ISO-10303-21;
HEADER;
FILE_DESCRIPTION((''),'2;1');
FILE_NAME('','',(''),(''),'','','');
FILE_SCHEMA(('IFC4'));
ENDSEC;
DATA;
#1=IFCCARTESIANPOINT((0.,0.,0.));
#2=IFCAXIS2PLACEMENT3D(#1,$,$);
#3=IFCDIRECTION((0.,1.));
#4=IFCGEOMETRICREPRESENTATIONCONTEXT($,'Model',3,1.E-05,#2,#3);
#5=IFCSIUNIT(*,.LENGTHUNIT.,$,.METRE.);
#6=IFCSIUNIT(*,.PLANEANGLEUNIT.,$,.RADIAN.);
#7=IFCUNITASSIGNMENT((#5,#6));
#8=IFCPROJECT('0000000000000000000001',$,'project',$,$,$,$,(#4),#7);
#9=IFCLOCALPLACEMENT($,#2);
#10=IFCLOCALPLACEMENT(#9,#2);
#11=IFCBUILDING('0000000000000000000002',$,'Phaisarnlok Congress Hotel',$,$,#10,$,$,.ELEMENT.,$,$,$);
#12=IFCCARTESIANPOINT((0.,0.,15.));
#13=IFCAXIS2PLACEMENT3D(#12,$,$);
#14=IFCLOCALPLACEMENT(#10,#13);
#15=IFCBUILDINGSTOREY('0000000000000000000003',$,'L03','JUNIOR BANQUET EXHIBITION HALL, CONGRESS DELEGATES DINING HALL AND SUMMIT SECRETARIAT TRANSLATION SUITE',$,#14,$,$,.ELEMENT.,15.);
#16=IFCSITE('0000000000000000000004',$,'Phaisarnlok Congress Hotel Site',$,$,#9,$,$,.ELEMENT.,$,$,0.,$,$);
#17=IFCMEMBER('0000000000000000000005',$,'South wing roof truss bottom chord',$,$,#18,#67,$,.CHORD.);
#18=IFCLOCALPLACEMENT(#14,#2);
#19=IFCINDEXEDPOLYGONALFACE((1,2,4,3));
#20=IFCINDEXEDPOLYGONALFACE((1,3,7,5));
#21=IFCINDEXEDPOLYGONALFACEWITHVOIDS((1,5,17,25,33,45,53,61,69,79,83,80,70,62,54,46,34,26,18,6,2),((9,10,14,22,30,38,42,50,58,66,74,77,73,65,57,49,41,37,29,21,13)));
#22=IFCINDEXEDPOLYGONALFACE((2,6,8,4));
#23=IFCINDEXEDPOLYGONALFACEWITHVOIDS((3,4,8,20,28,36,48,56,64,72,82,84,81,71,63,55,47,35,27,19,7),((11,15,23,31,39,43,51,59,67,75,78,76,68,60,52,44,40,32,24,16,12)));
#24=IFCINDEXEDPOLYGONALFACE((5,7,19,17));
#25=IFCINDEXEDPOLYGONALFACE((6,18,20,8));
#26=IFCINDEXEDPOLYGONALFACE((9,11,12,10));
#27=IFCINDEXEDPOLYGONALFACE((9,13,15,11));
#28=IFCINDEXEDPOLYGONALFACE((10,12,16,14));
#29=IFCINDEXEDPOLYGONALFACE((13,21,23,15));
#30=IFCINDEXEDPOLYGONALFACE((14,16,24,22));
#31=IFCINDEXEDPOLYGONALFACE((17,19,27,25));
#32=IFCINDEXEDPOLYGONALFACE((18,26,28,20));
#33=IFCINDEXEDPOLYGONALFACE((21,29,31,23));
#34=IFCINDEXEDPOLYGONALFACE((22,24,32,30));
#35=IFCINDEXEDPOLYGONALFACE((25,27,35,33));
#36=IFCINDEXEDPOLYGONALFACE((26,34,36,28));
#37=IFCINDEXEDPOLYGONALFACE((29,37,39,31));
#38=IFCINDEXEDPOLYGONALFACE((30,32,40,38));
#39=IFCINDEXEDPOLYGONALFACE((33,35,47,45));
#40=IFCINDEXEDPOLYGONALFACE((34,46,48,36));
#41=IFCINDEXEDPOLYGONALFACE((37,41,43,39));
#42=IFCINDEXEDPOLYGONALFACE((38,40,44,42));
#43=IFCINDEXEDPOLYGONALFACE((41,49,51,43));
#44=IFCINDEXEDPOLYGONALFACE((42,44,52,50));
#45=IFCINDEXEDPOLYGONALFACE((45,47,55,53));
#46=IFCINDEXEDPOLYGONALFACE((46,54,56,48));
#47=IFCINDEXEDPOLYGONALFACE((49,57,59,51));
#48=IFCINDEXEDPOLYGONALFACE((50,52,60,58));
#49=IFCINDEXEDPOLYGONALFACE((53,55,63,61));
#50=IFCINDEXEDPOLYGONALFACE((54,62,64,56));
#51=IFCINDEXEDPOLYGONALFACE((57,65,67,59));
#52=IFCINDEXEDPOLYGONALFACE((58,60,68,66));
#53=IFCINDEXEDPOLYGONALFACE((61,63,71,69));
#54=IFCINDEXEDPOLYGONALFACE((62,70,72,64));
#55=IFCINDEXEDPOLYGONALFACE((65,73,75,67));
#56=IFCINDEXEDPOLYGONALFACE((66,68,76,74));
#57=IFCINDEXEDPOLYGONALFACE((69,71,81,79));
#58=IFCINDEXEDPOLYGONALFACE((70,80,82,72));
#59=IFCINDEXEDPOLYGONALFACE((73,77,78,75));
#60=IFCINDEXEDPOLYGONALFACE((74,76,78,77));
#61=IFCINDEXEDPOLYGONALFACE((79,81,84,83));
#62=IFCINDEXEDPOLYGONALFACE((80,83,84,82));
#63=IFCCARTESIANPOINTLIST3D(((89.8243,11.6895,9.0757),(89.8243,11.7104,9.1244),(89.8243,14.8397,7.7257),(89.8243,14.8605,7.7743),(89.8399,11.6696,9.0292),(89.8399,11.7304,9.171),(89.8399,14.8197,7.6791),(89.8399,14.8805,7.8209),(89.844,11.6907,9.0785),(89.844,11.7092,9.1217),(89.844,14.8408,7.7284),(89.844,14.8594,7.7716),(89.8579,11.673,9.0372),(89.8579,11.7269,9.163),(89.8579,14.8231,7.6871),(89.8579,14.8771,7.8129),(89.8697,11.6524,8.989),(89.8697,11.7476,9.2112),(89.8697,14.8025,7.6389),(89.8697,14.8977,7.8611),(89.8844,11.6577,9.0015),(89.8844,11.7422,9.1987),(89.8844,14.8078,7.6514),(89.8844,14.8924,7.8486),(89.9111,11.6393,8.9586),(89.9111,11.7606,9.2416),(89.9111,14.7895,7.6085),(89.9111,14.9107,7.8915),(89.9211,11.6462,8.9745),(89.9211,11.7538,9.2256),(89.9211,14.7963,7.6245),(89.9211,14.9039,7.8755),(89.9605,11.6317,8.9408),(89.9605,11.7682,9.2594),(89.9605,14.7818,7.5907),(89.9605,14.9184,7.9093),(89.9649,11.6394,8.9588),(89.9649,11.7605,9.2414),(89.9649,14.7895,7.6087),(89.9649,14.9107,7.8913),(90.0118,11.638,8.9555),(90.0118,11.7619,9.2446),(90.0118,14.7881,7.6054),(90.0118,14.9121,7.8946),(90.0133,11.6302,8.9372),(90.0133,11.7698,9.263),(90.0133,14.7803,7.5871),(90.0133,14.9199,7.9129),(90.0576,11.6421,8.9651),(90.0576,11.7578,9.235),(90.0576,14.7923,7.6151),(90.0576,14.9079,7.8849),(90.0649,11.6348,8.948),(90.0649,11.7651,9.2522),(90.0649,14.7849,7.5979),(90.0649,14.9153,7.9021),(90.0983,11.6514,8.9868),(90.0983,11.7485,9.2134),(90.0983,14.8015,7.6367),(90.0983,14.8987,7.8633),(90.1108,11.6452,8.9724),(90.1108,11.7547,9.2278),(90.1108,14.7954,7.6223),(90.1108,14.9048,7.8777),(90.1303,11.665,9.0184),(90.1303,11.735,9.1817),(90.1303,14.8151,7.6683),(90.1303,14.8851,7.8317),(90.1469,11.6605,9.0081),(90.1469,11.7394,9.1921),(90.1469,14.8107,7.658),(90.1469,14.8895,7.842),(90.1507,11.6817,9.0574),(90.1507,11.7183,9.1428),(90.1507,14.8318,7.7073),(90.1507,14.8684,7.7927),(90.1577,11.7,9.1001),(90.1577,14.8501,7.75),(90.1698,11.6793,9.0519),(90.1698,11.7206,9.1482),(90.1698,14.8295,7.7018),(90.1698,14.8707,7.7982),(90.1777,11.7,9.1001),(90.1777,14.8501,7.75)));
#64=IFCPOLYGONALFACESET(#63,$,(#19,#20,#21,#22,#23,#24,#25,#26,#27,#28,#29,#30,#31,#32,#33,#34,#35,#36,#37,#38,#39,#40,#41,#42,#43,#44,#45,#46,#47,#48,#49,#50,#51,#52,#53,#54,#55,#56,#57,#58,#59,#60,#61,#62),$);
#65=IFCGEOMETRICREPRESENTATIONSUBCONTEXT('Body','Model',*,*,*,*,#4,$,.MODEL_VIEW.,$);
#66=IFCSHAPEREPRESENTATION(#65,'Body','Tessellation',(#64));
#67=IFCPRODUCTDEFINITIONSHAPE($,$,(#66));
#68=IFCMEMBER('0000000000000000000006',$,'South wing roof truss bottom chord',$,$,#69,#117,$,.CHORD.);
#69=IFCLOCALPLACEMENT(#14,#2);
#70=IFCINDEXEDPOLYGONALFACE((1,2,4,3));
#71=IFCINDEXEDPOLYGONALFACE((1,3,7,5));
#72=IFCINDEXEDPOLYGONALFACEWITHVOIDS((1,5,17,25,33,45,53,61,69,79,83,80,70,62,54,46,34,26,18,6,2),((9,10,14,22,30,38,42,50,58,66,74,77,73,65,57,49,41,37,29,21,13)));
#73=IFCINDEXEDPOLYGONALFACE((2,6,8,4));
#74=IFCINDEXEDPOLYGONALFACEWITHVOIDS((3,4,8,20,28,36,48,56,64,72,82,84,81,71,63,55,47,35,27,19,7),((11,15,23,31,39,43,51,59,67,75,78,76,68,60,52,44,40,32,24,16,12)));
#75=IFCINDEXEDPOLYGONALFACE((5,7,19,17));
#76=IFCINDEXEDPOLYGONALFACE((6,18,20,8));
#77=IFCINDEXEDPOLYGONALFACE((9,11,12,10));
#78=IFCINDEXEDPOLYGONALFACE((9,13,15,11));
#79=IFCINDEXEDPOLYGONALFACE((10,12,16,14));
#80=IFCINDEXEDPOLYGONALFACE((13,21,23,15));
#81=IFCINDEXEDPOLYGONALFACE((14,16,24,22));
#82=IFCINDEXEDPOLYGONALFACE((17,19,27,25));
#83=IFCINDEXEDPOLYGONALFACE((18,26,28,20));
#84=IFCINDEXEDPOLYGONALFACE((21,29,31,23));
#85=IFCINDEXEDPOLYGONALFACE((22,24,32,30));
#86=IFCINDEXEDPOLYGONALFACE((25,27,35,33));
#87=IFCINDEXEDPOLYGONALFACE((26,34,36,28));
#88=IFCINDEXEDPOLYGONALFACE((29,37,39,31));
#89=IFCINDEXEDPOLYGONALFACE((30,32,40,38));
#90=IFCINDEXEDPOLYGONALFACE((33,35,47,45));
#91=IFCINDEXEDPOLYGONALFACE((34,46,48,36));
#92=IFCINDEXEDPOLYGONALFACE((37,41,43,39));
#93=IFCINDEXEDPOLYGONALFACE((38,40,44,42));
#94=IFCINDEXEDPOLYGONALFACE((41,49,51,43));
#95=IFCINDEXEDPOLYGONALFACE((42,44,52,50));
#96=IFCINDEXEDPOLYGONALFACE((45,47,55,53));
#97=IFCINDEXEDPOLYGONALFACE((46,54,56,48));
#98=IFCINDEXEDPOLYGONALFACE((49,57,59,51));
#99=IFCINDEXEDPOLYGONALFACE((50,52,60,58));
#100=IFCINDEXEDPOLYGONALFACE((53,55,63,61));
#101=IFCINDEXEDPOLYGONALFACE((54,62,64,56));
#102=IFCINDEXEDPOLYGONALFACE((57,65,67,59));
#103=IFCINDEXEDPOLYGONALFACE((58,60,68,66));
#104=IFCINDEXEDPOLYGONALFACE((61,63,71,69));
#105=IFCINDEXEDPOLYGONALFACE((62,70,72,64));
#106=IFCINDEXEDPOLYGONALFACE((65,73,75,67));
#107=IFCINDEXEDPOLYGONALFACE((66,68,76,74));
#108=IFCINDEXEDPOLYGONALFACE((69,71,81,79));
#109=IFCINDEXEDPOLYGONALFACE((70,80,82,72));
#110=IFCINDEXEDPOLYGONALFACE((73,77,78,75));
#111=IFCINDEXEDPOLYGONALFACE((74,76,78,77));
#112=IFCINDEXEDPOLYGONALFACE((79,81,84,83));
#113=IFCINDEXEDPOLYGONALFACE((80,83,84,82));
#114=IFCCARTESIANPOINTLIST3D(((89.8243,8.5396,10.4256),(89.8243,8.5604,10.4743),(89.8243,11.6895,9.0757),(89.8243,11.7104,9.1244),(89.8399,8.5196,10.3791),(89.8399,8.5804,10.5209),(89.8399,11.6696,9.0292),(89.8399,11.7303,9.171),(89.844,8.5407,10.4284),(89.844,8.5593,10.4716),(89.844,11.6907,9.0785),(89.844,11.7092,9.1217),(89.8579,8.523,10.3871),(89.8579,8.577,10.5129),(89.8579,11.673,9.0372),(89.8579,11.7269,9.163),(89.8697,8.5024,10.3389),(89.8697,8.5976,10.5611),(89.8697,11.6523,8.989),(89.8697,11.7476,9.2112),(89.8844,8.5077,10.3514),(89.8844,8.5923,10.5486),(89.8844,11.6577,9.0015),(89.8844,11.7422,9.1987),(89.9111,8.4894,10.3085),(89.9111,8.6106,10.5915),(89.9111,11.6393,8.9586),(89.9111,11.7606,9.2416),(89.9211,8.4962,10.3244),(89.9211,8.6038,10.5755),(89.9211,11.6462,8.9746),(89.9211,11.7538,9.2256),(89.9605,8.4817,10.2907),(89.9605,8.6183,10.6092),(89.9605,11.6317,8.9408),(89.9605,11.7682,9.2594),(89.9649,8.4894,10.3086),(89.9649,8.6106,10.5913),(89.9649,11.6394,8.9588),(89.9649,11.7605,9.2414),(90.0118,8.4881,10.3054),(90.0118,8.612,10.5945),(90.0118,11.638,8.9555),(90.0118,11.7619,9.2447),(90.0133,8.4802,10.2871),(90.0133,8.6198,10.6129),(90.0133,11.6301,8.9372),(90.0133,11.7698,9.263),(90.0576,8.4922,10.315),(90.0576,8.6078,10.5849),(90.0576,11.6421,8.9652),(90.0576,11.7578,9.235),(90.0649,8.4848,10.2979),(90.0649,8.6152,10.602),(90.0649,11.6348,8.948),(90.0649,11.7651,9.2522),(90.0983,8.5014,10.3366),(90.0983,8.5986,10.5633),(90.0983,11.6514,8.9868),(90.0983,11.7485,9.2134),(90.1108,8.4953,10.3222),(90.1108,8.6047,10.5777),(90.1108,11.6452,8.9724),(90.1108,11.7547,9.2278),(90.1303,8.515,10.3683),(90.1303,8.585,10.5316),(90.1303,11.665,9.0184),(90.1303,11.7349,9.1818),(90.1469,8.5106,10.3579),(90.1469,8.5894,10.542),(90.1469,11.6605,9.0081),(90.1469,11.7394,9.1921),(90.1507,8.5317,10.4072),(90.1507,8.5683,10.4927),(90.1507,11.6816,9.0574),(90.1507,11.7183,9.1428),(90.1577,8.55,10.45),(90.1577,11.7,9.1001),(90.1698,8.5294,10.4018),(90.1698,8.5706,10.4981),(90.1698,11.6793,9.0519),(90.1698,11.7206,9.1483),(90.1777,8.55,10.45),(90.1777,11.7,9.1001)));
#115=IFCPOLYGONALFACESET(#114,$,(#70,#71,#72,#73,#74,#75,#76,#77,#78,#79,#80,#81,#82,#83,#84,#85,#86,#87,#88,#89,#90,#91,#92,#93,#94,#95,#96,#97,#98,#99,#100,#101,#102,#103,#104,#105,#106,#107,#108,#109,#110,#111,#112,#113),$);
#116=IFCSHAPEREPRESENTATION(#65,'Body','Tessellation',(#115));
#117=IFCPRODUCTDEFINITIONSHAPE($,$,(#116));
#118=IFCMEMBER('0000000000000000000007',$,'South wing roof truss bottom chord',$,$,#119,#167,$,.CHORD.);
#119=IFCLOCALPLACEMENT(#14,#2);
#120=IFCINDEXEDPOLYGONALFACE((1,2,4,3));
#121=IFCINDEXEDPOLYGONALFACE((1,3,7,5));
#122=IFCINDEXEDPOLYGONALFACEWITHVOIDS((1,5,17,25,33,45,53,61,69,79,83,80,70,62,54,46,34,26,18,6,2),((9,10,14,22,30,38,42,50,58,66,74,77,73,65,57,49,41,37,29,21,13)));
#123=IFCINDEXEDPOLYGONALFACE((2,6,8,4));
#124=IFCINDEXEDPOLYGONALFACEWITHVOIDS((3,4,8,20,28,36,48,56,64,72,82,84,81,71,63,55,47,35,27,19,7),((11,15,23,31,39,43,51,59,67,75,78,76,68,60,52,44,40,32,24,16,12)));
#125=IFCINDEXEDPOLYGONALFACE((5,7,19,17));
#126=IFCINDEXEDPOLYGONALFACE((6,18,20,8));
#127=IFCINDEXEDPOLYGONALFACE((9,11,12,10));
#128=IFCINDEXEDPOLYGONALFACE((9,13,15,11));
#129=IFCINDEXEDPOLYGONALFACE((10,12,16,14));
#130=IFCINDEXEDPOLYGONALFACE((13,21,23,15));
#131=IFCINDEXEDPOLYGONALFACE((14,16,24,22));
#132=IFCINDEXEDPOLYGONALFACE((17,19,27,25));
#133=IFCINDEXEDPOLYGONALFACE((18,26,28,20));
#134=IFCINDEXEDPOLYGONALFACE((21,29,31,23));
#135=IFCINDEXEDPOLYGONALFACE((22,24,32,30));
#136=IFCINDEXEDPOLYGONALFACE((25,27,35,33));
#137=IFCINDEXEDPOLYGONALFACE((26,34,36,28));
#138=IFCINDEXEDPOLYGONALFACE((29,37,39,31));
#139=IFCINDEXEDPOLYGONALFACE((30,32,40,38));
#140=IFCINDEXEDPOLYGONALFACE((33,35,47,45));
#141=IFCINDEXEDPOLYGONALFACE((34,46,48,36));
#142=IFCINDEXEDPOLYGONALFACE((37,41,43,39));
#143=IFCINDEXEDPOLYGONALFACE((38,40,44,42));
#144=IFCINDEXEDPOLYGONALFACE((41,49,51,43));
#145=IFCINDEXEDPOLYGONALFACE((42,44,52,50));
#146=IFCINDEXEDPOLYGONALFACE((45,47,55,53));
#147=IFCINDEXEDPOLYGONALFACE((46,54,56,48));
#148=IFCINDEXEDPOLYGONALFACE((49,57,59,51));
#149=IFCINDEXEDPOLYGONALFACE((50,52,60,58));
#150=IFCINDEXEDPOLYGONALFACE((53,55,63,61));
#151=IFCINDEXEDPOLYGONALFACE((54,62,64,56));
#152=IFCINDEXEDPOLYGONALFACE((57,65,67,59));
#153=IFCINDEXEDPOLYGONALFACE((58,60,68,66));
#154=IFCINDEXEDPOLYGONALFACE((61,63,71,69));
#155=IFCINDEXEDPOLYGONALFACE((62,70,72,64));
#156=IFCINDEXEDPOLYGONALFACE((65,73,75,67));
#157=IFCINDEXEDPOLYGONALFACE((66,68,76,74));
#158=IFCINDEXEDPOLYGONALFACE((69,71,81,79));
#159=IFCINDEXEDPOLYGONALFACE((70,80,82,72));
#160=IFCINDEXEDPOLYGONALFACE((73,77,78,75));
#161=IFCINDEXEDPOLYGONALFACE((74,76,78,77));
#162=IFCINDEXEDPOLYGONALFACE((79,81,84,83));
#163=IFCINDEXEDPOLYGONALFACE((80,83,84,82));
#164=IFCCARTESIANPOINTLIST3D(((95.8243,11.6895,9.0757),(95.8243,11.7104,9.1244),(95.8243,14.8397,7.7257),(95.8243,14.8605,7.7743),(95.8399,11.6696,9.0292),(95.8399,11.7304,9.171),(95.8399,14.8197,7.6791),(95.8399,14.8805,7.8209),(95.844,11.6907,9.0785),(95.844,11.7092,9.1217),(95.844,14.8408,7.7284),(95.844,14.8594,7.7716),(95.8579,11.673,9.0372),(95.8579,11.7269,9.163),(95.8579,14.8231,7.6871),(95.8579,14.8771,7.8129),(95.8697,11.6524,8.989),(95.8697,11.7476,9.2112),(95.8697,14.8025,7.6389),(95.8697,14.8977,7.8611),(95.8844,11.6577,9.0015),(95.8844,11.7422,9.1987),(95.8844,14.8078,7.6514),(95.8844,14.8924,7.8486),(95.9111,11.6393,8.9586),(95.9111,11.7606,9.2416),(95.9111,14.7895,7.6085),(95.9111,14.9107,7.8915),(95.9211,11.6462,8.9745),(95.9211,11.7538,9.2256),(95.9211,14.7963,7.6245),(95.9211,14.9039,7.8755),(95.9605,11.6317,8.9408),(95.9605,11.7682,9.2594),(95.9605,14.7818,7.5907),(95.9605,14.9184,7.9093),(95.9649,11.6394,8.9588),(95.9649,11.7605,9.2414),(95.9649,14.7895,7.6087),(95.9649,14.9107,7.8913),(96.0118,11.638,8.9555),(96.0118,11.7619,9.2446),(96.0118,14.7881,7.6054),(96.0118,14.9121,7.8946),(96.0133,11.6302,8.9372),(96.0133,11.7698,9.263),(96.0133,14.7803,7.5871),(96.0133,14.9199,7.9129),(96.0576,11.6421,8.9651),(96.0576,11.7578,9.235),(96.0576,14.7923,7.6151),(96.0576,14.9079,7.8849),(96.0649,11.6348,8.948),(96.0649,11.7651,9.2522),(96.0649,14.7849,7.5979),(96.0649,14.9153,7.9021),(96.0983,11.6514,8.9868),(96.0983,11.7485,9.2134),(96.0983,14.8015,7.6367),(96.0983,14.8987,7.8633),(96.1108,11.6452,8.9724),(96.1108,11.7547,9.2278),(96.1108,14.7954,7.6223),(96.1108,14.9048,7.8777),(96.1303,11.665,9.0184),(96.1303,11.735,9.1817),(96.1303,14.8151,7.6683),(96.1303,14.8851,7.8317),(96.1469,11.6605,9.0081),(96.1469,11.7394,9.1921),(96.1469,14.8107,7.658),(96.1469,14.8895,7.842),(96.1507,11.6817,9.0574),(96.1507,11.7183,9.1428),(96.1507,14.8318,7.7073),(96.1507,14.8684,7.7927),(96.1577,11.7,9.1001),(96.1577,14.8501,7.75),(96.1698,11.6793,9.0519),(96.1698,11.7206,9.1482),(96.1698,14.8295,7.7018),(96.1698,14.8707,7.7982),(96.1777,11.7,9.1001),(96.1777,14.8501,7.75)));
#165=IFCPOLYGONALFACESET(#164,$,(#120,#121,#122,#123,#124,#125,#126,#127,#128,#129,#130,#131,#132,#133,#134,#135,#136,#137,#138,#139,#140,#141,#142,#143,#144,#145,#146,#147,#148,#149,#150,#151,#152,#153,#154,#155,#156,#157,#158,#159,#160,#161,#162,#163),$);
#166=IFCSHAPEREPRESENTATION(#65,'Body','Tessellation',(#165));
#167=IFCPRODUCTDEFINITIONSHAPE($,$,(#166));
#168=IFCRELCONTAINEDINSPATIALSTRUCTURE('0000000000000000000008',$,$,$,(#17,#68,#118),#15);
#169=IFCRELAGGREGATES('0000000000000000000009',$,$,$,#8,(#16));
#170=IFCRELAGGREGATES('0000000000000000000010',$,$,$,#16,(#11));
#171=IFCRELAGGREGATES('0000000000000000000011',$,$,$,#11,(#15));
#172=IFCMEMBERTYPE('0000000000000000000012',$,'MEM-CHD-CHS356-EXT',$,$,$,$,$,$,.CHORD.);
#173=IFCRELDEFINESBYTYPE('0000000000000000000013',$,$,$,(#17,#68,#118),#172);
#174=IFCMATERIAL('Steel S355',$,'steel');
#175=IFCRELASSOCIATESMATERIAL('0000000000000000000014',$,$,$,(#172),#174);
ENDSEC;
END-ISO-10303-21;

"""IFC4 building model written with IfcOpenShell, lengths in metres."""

from ifc_helpers import new_model, si_unit, direction, frame, origin, origin_2d, place, context, subcontext, project, spatial, hollow_circle, extrude, material, material_profile, profile_set, type_object, element, save


model = new_model("IFC4")

# Units and contexts
model_context = context("Model", 3, precision=1e-05, world=origin(), true_north=direction((0.0, 1.0)))
body_context = subcontext(model_context, "Body", "Model", "MODEL_VIEW")
ifc_project = project(units=[si_unit("LENGTHUNIT", "METRE"), si_unit("PLANEANGLEUNIT", "RADIAN")], contexts=[model_context])

# Site, building, storey
site_placement = place(None, origin())
site = spatial("IfcSite", under=ifc_project, at=site_placement, Name="Phaisarnlok Congress Hotel Site", CompositionType="ELEMENT", RefElevation=0.0)
building_placement = place(site_placement, origin())
building = spatial("IfcBuilding", under=site, at=building_placement, Name="Phaisarnlok Congress Hotel", CompositionType="ELEMENT")
storey_placement = place(building_placement, frame((0.0, 0.0, 15.0)))
storey = spatial("IfcBuildingStorey", under=building, at=storey_placement, Name="L03", Description="JUNIOR BANQUET EXHIBITION HALL, CONGRESS DELEGATES DINING HALL AND SUMMIT SECRETARIAT TRANSLATION SUITE", CompositionType="ELEMENT", Elevation=15.0)

# Shared definitions
ifc_material_1 = material(Name="Steel S355", Category="steel")

# Members
ifc_material_profile_1 = material_profile(ifc_material_1, hollow_circle(Radius=0.1777, WallThickness=0.02, at=origin_2d()), Name="CHS 355.6x20")
ifc_profile_set_1 = profile_set([ifc_material_profile_1], Name="Steel S355")
member_type_1 = type_object("IfcMemberType", Name="MEM-CHD-CHS356-EXT", PredefinedType="CHORD", material=ifc_profile_set_1)
member_1_placement = place(storey_placement, frame((90.0, 14.8501, 7.75), z_axis=(0.0, -0.919141, 0.393928), x_axis=(1.0, 0.0, 0.0)))
element("IfcMember", 1, at=member_1_placement, inside=storey, type_object=member_type_1, Name="South wing roof truss bottom chord", PredefinedType="CHORD", context=body_context, shape_type="SweptSolid", body=[
    extrude(hollow_circle(Radius=0.1777, WallThickness=0.02, at=origin_2d()), origin(), (0.0, 0.0, 1.0), 3.4272),
])
member_2_placement = place(storey_placement, frame((90.0, 11.7, 9.1001), z_axis=(0.0, -0.919156, 0.393894), x_axis=(1.0, 0.0, 0.0)))
element("IfcMember", 2, at=member_2_placement, inside=storey, type_object=member_type_1, Name="South wing roof truss bottom chord", PredefinedType="CHORD", context=body_context, shape_type="SweptSolid", body=[
    extrude(hollow_circle(Radius=0.1777, WallThickness=0.02, at=origin_2d()), origin(), (0.0, 0.0, 1.0), 3.427),
])
member_3_placement = place(storey_placement, frame((96.0, 14.8501, 7.75), z_axis=(0.0, -0.919141, 0.393928), x_axis=(1.0, 0.0, 0.0)))
element("IfcMember", 3, at=member_3_placement, inside=storey, type_object=member_type_1, Name="South wing roof truss bottom chord", PredefinedType="CHORD", context=body_context, shape_type="SweptSolid", body=[
    extrude(hollow_circle(Radius=0.1777, WallThickness=0.02, at=origin_2d()), origin(), (0.0, 0.0, 1.0), 3.4272),
])

save(model, "model.ifc")
